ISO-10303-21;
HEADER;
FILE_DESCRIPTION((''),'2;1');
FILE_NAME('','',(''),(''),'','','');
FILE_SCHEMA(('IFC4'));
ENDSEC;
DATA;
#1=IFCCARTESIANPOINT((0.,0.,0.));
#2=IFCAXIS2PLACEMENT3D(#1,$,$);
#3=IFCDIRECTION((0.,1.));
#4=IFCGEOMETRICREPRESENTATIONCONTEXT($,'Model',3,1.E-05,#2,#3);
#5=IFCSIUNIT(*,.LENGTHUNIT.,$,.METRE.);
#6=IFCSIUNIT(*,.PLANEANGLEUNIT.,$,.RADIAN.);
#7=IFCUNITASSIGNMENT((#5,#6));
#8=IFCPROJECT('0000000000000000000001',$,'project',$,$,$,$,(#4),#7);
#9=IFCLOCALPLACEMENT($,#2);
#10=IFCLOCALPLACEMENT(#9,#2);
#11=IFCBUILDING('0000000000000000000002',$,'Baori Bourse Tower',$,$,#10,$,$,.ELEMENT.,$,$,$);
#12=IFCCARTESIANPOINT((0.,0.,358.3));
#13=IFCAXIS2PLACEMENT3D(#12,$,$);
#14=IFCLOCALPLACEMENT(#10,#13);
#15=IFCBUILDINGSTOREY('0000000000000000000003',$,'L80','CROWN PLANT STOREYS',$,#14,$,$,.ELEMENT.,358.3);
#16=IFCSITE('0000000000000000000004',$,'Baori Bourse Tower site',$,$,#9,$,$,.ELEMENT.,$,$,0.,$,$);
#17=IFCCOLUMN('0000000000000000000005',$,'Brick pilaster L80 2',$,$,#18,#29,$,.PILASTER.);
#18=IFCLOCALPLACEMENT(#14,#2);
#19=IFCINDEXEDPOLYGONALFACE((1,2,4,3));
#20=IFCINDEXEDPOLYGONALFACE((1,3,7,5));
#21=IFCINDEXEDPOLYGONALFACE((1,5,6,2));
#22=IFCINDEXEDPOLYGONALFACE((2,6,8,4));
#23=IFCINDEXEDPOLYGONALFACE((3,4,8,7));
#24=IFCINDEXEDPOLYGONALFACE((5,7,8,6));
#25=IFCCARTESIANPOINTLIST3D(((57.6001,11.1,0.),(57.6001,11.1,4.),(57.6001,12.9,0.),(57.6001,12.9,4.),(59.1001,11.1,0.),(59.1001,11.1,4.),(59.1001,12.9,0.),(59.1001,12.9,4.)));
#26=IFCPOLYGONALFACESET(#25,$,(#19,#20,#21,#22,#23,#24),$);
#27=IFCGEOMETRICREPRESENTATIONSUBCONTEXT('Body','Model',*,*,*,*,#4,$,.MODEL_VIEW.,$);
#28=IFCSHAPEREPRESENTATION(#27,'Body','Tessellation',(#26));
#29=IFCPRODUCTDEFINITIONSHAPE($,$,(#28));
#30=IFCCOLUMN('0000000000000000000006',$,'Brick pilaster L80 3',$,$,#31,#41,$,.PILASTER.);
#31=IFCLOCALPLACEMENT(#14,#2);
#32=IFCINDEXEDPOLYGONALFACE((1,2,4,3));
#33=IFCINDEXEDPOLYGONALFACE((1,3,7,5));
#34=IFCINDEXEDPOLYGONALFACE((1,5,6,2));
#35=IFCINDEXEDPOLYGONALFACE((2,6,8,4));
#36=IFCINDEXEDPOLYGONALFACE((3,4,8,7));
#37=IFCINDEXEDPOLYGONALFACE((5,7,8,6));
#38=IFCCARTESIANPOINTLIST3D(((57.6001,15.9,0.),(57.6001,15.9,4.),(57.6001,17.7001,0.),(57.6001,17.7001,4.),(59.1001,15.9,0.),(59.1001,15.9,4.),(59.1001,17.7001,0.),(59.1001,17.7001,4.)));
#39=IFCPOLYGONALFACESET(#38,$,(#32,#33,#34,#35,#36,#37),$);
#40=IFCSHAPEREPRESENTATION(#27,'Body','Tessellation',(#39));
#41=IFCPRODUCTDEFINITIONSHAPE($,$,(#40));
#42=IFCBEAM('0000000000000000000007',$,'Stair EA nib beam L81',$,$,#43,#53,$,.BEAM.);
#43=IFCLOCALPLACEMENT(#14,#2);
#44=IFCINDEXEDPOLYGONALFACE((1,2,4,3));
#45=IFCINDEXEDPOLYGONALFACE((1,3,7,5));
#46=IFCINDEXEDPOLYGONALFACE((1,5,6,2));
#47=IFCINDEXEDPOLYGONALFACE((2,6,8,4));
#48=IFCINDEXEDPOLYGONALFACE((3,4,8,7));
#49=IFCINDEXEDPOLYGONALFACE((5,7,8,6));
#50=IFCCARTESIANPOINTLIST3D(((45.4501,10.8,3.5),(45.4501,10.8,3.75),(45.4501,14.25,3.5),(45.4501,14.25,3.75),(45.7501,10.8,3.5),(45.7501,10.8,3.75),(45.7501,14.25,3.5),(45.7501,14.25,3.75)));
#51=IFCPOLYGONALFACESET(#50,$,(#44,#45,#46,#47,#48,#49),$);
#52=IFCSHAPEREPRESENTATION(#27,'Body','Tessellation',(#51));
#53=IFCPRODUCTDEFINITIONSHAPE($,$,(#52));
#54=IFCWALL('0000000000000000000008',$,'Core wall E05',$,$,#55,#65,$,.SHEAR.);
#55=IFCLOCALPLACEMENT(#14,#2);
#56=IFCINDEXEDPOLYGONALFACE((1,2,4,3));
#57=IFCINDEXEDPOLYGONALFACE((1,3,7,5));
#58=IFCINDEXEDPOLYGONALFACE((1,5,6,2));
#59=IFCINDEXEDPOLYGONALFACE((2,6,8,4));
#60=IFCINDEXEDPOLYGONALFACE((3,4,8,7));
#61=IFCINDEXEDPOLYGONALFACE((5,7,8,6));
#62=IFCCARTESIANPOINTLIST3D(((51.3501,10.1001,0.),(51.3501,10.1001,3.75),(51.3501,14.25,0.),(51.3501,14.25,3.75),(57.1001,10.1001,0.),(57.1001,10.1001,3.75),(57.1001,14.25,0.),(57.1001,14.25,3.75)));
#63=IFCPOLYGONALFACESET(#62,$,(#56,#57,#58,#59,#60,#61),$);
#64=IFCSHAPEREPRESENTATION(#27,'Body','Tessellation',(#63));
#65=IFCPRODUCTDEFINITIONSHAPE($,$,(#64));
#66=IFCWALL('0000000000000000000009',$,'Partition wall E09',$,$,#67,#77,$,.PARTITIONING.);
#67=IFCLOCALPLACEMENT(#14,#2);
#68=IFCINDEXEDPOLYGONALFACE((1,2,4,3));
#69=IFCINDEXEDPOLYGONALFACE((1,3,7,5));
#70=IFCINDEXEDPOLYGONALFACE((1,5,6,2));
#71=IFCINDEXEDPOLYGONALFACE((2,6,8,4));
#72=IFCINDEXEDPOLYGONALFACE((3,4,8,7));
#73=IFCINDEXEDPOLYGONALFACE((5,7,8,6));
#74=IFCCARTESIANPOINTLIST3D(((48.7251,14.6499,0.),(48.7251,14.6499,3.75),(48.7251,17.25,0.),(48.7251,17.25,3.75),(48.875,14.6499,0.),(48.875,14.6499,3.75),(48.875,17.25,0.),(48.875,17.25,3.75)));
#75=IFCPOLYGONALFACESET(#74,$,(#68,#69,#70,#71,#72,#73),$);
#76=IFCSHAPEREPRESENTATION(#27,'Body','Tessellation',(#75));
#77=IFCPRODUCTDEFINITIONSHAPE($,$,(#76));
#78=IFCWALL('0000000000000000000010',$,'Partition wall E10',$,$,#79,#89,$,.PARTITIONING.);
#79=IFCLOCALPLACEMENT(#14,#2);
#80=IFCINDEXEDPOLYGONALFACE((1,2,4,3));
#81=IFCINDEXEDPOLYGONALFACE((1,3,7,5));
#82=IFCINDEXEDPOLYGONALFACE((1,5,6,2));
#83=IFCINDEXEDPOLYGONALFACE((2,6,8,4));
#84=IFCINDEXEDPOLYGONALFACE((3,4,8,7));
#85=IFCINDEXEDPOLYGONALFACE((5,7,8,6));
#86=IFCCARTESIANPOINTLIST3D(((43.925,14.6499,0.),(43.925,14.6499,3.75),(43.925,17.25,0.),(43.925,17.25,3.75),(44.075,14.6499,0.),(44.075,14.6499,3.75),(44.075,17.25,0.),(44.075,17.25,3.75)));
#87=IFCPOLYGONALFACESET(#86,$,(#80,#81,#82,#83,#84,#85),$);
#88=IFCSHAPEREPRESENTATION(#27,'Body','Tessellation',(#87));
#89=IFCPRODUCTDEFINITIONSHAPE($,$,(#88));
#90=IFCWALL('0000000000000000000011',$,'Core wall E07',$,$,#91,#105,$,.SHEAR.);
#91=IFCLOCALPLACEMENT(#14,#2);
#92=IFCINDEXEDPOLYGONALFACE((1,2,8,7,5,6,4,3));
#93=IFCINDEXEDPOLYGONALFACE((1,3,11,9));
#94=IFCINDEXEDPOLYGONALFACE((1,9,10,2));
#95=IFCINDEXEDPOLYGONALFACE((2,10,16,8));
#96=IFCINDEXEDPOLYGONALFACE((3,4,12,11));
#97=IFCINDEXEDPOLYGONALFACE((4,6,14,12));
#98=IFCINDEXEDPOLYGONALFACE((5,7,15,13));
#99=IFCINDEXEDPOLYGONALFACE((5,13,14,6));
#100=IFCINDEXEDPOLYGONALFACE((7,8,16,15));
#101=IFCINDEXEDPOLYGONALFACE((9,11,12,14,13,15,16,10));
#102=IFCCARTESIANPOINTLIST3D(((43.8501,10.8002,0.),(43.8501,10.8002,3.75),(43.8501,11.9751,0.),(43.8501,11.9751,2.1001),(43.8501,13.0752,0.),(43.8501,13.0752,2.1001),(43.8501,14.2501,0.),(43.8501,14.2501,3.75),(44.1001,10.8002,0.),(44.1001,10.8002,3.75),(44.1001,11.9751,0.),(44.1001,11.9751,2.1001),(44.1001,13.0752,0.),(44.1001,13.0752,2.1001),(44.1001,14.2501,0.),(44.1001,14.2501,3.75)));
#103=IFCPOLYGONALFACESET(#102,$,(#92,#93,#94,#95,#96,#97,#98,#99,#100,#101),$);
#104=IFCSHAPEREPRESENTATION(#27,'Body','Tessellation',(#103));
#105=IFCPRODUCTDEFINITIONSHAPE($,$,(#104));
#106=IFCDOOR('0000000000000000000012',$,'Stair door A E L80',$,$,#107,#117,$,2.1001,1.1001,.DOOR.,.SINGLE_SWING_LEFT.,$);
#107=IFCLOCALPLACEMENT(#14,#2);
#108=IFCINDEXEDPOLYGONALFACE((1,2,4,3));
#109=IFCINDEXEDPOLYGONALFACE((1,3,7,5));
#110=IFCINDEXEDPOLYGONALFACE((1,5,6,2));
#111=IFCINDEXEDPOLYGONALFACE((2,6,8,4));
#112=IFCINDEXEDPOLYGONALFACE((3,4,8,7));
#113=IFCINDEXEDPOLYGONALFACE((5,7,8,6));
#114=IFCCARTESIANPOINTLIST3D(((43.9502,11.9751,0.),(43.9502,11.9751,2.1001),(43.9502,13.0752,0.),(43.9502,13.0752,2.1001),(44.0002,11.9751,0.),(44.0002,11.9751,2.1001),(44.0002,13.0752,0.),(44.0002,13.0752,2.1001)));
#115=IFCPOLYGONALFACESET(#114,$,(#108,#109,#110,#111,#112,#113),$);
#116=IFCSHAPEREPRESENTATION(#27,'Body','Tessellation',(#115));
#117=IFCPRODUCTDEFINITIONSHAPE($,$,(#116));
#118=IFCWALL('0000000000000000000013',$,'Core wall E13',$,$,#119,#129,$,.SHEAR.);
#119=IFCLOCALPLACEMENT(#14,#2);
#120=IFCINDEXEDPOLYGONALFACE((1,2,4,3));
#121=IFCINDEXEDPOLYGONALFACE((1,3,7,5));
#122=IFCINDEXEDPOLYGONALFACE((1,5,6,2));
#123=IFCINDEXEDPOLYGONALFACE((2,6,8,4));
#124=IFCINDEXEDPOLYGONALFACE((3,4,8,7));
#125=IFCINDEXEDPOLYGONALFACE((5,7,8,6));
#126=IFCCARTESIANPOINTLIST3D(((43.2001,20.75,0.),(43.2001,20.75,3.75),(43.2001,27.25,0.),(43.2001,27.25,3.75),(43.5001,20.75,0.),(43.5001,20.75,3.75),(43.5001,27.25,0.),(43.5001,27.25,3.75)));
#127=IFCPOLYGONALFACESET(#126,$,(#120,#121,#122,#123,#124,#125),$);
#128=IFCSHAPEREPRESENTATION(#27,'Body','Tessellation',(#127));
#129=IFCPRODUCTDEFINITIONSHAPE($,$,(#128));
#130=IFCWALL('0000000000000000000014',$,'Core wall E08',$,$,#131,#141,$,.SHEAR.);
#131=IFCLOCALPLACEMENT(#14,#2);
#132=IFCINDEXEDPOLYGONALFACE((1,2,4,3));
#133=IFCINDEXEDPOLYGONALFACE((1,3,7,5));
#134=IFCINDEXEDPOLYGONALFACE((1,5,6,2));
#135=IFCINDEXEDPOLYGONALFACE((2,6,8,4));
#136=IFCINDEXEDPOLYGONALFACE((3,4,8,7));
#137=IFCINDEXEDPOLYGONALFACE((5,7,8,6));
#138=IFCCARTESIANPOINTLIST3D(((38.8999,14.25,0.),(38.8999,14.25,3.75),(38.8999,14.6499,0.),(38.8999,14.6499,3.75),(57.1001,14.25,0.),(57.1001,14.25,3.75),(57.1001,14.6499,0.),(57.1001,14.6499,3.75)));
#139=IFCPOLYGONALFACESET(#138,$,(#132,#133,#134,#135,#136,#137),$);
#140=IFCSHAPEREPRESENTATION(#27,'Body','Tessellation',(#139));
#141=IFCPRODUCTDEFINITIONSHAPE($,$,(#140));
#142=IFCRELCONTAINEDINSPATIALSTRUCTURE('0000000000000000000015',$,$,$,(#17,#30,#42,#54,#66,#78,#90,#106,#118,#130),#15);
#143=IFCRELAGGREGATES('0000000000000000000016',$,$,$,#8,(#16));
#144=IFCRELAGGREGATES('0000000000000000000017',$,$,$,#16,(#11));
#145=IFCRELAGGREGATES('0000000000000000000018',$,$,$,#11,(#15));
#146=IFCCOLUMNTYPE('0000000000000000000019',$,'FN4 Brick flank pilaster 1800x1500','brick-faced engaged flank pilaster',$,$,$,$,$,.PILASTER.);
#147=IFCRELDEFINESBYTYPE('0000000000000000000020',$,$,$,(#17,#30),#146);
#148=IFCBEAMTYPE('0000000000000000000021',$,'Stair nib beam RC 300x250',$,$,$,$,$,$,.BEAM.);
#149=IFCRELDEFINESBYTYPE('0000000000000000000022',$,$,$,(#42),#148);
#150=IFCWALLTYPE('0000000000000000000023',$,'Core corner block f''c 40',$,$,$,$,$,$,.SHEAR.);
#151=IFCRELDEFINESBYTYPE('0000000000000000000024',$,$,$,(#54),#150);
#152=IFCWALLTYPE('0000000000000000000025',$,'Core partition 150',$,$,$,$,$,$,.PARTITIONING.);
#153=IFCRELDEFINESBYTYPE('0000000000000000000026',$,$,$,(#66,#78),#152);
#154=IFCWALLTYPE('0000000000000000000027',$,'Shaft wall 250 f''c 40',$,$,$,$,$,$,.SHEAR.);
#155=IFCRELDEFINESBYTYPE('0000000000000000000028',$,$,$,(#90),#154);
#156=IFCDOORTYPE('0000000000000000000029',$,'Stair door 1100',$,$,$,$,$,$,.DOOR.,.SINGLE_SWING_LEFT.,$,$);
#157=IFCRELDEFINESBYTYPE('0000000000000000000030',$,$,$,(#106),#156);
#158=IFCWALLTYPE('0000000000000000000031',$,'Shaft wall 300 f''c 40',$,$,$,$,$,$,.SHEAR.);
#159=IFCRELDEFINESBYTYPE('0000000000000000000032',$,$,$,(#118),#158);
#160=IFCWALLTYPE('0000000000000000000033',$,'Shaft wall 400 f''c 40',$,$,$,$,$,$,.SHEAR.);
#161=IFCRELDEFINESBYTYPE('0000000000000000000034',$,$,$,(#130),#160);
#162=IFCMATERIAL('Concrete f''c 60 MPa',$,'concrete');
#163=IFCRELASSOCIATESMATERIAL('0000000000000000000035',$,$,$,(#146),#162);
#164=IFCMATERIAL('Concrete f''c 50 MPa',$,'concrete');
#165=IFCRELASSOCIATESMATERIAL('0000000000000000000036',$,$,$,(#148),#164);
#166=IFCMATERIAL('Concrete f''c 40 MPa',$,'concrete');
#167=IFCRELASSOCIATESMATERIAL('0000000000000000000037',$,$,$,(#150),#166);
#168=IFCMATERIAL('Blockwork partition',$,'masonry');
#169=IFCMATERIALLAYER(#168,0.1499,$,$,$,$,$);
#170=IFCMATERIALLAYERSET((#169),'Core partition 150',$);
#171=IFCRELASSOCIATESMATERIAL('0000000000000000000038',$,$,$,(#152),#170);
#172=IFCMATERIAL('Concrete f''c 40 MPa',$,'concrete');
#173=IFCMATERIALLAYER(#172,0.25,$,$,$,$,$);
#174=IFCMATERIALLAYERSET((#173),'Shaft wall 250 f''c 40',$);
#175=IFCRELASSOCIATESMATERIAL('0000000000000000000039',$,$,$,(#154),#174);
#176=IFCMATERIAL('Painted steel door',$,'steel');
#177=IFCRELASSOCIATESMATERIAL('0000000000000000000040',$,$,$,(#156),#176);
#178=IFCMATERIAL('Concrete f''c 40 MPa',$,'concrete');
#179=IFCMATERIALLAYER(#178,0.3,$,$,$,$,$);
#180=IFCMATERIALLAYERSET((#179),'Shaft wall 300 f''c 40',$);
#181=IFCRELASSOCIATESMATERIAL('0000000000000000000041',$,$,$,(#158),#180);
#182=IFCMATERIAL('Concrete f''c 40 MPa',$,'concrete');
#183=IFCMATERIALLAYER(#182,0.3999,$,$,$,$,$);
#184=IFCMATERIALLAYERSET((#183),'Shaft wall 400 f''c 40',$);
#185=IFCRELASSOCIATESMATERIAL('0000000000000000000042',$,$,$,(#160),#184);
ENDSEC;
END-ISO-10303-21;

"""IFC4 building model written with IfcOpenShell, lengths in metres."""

from ifc_helpers import new_model, si_unit, direction, frame, frame_2d, origin, origin_2d, place, context, subcontext, project, spatial, rectangle, extrude, material, layer, layer_set, material_profile, profile_set, type_object, element, fill, save


model = new_model("IFC4")

# Units and contexts
model_context = context("Model", 3, precision=1e-05, world=origin(), true_north=direction((0.0, 1.0)))
body_context = subcontext(model_context, "Body", "Model", "MODEL_VIEW")
ifc_project = project(units=[si_unit("LENGTHUNIT", "METRE"), si_unit("PLANEANGLEUNIT", "RADIAN")], contexts=[model_context])

# Site, building, storey
site_placement = place(None, origin())
site = spatial("IfcSite", under=ifc_project, at=site_placement, Name="Baori Bourse Tower site", CompositionType="ELEMENT", RefElevation=0.0)
building_placement = place(site_placement, origin())
building = spatial("IfcBuilding", under=site, at=building_placement, Name="Baori Bourse Tower", CompositionType="ELEMENT")
storey_placement = place(building_placement, frame((0.0, 0.0, 358.3)))
storey = spatial("IfcBuildingStorey", under=building, at=storey_placement, Name="L80", Description="CROWN PLANT STOREYS", CompositionType="ELEMENT", Elevation=358.3)

# Columns
ifc_material_1 = material(Name="Concrete f'c 60 MPa", Category="concrete")
ifc_material_profile_1 = material_profile(ifc_material_1, rectangle(XDim=1.8, YDim=1.5, at=origin_2d()), Name="RC 1800x1500")
ifc_profile_set_1 = profile_set([ifc_material_profile_1], Name="Concrete f'c 60 MPa")
column_type = type_object("IfcColumnType", Name="FN4 Brick flank pilaster 1800x1500", Description="brick-faced engaged flank pilaster", PredefinedType="PILASTER", material=ifc_profile_set_1)
for number, where, z_axis, x_axis, name in (
    (1, (58.3501, 12.0, 0.0), (0.0, 0.0, 1.0), (0.0, 1.0, 0.0), "Brick pilaster L80 2"),
    (2, (58.3501, 16.8, 0.0), (0.0, 0.0, 1.0), (0.0, 1.0, 0.0), "Brick pilaster L80 3"),
):
    element("IfcColumn", number, at=place(storey_placement, frame(where, z_axis=z_axis, x_axis=x_axis)), inside=storey, type_object=column_type, Name=name, PredefinedType="PILASTER", context=body_context, shape_type="SweptSolid", body=[
        extrude(rectangle(XDim=1.8, YDim=1.5, at=origin_2d()), origin(), (0.0, 0.0, 1.0), 4.0),
    ])

# Beam
ifc_material_2 = material(Name="Concrete f'c 50 MPa", Category="concrete")
ifc_material_profile_2 = material_profile(ifc_material_2, rectangle(XDim=0.3, YDim=0.25, at=origin_2d()), Name="RC 300x250")
ifc_profile_set_2 = profile_set([ifc_material_profile_2], Name="Concrete f'c 50 MPa")
beam_type = type_object("IfcBeamType", Name="Stair nib beam RC 300x250", PredefinedType="BEAM", material=ifc_profile_set_2)
beam_placement = place(storey_placement, frame((45.6001, 10.8, 3.625), z_axis=(0.0, 1.0, 0.0), x_axis=(-1.0, 0.0, 0.0)))
element("IfcBeam", 3, at=beam_placement, inside=storey, type_object=beam_type, Name="Stair EA nib beam L81", PredefinedType="BEAM", context=body_context, shape_type="SweptSolid", body=[
    extrude(rectangle(XDim=0.3, YDim=0.25, at=origin_2d()), origin(), (0.0, 0.0, 1.0), 3.45),
])

# Walls
ifc_material_3 = material(Name="Concrete f'c 40 MPa", Category="concrete")
wall_type_1 = type_object("IfcWallType", Name="Core corner block f'c 40", PredefinedType="SHEAR", material=ifc_material_3)
wall_1_placement = place(storey_placement, frame((51.3501, 12.175, 0.0), z_axis=(0.0, 0.0, 1.0), x_axis=(1.0, 0.0, 0.0)))
element("IfcWall", 4, at=wall_1_placement, inside=storey, type_object=wall_type_1, Name="Core wall E05", PredefinedType="SHEAR", context=body_context, shape_type="SweptSolid", body=[
    extrude(rectangle(XDim=5.75, YDim=4.1499, at=frame_2d((2.875, 0.0))), origin(), (0.0, 0.0, 1.0), 3.75),
])
ifc_material_4 = material(Name="Blockwork partition", Category="masonry")
ifc_layer_1 = layer(ifc_material_4, 0.1499)
ifc_layer_set_1 = layer_set([ifc_layer_1], Name="Core partition 150")
wall_type_2 = type_object("IfcWallType", Name="Core partition 150", PredefinedType="PARTITIONING", material=ifc_layer_set_1)
for number, where, z_axis, x_axis, name in (
    (5, (48.8, 14.6499, 0.0), (0.0, 0.0, 1.0), (0.0, 1.0, 0.0), "Partition wall E09"),
    (6, (44.0, 14.6499, 0.0), (0.0, 0.0, 1.0), (0.0, 1.0, 0.0), "Partition wall E10"),
):
    element("IfcWall", number, at=place(storey_placement, frame(where, z_axis=z_axis, x_axis=x_axis)), inside=storey, type_object=wall_type_2, Name=name, PredefinedType="PARTITIONING", context=body_context, shape_type="SweptSolid", body=[
        extrude(rectangle(XDim=2.6001, YDim=0.1499, at=frame_2d((1.3, 0.0))), origin(), (0.0, 0.0, 1.0), 3.75),
    ])

# Wall, opening, door
ifc_material_5 = material(Name="Concrete f'c 40 MPa", Category="concrete")
ifc_layer_2 = layer(ifc_material_5, 0.25)
ifc_layer_set_2 = layer_set([ifc_layer_2], Name="Shaft wall 250 f'c 40")
wall_type_3 = type_object("IfcWallType", Name="Shaft wall 250 f'c 40", PredefinedType="SHEAR", material=ifc_layer_set_2)
wall_2_placement = place(storey_placement, frame((43.9751, 10.8, 0.0), z_axis=(0.0, 0.0, 1.0), x_axis=(0.0, 1.0, 0.0)))
wall_2 = element("IfcWall", 7, at=wall_2_placement, inside=storey, type_object=wall_type_3, Name="Core wall E07", PredefinedType="SHEAR", context=body_context, shape_type="SweptSolid", body=[
    extrude(rectangle(XDim=3.45, YDim=0.25, at=frame_2d((1.7251, 0.0))), origin(), (0.0, 0.0, 1.0), 3.75),
])
opening_1_placement = place(wall_2_placement, frame((1.175, 0.0, 0.0)))
opening_1 = element("IfcOpeningElement", 8, at=opening_1_placement, cuts=wall_2, PredefinedType="OPENING", context=body_context, shape_type="SweptSolid", body=[
    extrude(rectangle(XDim=1.1001, YDim=2.1001, at=frame_2d((0.55, 1.05))), frame((0.0, 0.135, 0.0), z_axis=(0.0, -1.0, 0.0), x_axis=(1.0, 0.0, 0.0)), (0.0, 0.0, 1.0), 0.27),
])
ifc_material_6 = material(Name="Painted steel door", Category="steel")
door_type_1 = type_object("IfcDoorType", Name="Stair door 1100", OperationType="SINGLE_SWING_LEFT", PredefinedType="DOOR", material=ifc_material_6)
door_1_placement = place(opening_1_placement, origin())
door_1 = element("IfcDoor", 9, at=door_1_placement, inside=storey, type_object=door_type_1, Name="Stair door A E L80", OperationType="SINGLE_SWING_LEFT", OverallHeight=2.1001, OverallWidth=1.1001, PredefinedType="DOOR", context=body_context, shape_type="SweptSolid", body=[
    extrude(rectangle(XDim=1.1001, YDim=2.1001, at=frame_2d((0.55, 1.05))), frame((0.0, 0.0249, 0.0), z_axis=(0.0, -1.0, 0.0), x_axis=(1.0, 0.0, 0.0)), (0.0, 0.0, 1.0), 0.05),
])
fill(opening_1, door_1)

# Walls
ifc_material_7 = material(Name="Concrete f'c 40 MPa", Category="concrete")
ifc_layer_3 = layer(ifc_material_7, 0.3)
ifc_layer_set_3 = layer_set([ifc_layer_3], Name="Shaft wall 300 f'c 40")
wall_type_4 = type_object("IfcWallType", Name="Shaft wall 300 f'c 40", PredefinedType="SHEAR", material=ifc_layer_set_3)
wall_3_placement = place(storey_placement, frame((43.3501, 20.75, 0.0), z_axis=(0.0, 0.0, 1.0), x_axis=(0.0, 1.0, 0.0)))
element("IfcWall", 10, at=wall_3_placement, inside=storey, type_object=wall_type_4, Name="Core wall E13", PredefinedType="SHEAR", context=body_context, shape_type="SweptSolid", body=[
    extrude(rectangle(XDim=6.5, YDim=0.3, at=frame_2d((3.25, 0.0))), origin(), (0.0, 0.0, 1.0), 3.75),
])
ifc_material_8 = material(Name="Concrete f'c 40 MPa", Category="concrete")
ifc_layer_4 = layer(ifc_material_8, 0.3999)
ifc_layer_set_4 = layer_set([ifc_layer_4], Name="Shaft wall 400 f'c 40")
wall_type_5 = type_object("IfcWallType", Name="Shaft wall 400 f'c 40", PredefinedType="SHEAR", material=ifc_layer_set_4)
wall_4_placement = place(storey_placement, frame((38.8999, 14.45, 0.0), z_axis=(0.0, 0.0, 1.0), x_axis=(1.0, 0.0, 0.0)))
element("IfcWall", 11, at=wall_4_placement, inside=storey, type_object=wall_type_5, Name="Core wall E08", PredefinedType="SHEAR", context=body_context, shape_type="SweptSolid", body=[
    extrude(rectangle(XDim=18.2002, YDim=0.3999, at=frame_2d((9.1001, 0.0))), origin(), (0.0, 0.0, 1.0), 3.75),
])

save(model, "model.ifc")
